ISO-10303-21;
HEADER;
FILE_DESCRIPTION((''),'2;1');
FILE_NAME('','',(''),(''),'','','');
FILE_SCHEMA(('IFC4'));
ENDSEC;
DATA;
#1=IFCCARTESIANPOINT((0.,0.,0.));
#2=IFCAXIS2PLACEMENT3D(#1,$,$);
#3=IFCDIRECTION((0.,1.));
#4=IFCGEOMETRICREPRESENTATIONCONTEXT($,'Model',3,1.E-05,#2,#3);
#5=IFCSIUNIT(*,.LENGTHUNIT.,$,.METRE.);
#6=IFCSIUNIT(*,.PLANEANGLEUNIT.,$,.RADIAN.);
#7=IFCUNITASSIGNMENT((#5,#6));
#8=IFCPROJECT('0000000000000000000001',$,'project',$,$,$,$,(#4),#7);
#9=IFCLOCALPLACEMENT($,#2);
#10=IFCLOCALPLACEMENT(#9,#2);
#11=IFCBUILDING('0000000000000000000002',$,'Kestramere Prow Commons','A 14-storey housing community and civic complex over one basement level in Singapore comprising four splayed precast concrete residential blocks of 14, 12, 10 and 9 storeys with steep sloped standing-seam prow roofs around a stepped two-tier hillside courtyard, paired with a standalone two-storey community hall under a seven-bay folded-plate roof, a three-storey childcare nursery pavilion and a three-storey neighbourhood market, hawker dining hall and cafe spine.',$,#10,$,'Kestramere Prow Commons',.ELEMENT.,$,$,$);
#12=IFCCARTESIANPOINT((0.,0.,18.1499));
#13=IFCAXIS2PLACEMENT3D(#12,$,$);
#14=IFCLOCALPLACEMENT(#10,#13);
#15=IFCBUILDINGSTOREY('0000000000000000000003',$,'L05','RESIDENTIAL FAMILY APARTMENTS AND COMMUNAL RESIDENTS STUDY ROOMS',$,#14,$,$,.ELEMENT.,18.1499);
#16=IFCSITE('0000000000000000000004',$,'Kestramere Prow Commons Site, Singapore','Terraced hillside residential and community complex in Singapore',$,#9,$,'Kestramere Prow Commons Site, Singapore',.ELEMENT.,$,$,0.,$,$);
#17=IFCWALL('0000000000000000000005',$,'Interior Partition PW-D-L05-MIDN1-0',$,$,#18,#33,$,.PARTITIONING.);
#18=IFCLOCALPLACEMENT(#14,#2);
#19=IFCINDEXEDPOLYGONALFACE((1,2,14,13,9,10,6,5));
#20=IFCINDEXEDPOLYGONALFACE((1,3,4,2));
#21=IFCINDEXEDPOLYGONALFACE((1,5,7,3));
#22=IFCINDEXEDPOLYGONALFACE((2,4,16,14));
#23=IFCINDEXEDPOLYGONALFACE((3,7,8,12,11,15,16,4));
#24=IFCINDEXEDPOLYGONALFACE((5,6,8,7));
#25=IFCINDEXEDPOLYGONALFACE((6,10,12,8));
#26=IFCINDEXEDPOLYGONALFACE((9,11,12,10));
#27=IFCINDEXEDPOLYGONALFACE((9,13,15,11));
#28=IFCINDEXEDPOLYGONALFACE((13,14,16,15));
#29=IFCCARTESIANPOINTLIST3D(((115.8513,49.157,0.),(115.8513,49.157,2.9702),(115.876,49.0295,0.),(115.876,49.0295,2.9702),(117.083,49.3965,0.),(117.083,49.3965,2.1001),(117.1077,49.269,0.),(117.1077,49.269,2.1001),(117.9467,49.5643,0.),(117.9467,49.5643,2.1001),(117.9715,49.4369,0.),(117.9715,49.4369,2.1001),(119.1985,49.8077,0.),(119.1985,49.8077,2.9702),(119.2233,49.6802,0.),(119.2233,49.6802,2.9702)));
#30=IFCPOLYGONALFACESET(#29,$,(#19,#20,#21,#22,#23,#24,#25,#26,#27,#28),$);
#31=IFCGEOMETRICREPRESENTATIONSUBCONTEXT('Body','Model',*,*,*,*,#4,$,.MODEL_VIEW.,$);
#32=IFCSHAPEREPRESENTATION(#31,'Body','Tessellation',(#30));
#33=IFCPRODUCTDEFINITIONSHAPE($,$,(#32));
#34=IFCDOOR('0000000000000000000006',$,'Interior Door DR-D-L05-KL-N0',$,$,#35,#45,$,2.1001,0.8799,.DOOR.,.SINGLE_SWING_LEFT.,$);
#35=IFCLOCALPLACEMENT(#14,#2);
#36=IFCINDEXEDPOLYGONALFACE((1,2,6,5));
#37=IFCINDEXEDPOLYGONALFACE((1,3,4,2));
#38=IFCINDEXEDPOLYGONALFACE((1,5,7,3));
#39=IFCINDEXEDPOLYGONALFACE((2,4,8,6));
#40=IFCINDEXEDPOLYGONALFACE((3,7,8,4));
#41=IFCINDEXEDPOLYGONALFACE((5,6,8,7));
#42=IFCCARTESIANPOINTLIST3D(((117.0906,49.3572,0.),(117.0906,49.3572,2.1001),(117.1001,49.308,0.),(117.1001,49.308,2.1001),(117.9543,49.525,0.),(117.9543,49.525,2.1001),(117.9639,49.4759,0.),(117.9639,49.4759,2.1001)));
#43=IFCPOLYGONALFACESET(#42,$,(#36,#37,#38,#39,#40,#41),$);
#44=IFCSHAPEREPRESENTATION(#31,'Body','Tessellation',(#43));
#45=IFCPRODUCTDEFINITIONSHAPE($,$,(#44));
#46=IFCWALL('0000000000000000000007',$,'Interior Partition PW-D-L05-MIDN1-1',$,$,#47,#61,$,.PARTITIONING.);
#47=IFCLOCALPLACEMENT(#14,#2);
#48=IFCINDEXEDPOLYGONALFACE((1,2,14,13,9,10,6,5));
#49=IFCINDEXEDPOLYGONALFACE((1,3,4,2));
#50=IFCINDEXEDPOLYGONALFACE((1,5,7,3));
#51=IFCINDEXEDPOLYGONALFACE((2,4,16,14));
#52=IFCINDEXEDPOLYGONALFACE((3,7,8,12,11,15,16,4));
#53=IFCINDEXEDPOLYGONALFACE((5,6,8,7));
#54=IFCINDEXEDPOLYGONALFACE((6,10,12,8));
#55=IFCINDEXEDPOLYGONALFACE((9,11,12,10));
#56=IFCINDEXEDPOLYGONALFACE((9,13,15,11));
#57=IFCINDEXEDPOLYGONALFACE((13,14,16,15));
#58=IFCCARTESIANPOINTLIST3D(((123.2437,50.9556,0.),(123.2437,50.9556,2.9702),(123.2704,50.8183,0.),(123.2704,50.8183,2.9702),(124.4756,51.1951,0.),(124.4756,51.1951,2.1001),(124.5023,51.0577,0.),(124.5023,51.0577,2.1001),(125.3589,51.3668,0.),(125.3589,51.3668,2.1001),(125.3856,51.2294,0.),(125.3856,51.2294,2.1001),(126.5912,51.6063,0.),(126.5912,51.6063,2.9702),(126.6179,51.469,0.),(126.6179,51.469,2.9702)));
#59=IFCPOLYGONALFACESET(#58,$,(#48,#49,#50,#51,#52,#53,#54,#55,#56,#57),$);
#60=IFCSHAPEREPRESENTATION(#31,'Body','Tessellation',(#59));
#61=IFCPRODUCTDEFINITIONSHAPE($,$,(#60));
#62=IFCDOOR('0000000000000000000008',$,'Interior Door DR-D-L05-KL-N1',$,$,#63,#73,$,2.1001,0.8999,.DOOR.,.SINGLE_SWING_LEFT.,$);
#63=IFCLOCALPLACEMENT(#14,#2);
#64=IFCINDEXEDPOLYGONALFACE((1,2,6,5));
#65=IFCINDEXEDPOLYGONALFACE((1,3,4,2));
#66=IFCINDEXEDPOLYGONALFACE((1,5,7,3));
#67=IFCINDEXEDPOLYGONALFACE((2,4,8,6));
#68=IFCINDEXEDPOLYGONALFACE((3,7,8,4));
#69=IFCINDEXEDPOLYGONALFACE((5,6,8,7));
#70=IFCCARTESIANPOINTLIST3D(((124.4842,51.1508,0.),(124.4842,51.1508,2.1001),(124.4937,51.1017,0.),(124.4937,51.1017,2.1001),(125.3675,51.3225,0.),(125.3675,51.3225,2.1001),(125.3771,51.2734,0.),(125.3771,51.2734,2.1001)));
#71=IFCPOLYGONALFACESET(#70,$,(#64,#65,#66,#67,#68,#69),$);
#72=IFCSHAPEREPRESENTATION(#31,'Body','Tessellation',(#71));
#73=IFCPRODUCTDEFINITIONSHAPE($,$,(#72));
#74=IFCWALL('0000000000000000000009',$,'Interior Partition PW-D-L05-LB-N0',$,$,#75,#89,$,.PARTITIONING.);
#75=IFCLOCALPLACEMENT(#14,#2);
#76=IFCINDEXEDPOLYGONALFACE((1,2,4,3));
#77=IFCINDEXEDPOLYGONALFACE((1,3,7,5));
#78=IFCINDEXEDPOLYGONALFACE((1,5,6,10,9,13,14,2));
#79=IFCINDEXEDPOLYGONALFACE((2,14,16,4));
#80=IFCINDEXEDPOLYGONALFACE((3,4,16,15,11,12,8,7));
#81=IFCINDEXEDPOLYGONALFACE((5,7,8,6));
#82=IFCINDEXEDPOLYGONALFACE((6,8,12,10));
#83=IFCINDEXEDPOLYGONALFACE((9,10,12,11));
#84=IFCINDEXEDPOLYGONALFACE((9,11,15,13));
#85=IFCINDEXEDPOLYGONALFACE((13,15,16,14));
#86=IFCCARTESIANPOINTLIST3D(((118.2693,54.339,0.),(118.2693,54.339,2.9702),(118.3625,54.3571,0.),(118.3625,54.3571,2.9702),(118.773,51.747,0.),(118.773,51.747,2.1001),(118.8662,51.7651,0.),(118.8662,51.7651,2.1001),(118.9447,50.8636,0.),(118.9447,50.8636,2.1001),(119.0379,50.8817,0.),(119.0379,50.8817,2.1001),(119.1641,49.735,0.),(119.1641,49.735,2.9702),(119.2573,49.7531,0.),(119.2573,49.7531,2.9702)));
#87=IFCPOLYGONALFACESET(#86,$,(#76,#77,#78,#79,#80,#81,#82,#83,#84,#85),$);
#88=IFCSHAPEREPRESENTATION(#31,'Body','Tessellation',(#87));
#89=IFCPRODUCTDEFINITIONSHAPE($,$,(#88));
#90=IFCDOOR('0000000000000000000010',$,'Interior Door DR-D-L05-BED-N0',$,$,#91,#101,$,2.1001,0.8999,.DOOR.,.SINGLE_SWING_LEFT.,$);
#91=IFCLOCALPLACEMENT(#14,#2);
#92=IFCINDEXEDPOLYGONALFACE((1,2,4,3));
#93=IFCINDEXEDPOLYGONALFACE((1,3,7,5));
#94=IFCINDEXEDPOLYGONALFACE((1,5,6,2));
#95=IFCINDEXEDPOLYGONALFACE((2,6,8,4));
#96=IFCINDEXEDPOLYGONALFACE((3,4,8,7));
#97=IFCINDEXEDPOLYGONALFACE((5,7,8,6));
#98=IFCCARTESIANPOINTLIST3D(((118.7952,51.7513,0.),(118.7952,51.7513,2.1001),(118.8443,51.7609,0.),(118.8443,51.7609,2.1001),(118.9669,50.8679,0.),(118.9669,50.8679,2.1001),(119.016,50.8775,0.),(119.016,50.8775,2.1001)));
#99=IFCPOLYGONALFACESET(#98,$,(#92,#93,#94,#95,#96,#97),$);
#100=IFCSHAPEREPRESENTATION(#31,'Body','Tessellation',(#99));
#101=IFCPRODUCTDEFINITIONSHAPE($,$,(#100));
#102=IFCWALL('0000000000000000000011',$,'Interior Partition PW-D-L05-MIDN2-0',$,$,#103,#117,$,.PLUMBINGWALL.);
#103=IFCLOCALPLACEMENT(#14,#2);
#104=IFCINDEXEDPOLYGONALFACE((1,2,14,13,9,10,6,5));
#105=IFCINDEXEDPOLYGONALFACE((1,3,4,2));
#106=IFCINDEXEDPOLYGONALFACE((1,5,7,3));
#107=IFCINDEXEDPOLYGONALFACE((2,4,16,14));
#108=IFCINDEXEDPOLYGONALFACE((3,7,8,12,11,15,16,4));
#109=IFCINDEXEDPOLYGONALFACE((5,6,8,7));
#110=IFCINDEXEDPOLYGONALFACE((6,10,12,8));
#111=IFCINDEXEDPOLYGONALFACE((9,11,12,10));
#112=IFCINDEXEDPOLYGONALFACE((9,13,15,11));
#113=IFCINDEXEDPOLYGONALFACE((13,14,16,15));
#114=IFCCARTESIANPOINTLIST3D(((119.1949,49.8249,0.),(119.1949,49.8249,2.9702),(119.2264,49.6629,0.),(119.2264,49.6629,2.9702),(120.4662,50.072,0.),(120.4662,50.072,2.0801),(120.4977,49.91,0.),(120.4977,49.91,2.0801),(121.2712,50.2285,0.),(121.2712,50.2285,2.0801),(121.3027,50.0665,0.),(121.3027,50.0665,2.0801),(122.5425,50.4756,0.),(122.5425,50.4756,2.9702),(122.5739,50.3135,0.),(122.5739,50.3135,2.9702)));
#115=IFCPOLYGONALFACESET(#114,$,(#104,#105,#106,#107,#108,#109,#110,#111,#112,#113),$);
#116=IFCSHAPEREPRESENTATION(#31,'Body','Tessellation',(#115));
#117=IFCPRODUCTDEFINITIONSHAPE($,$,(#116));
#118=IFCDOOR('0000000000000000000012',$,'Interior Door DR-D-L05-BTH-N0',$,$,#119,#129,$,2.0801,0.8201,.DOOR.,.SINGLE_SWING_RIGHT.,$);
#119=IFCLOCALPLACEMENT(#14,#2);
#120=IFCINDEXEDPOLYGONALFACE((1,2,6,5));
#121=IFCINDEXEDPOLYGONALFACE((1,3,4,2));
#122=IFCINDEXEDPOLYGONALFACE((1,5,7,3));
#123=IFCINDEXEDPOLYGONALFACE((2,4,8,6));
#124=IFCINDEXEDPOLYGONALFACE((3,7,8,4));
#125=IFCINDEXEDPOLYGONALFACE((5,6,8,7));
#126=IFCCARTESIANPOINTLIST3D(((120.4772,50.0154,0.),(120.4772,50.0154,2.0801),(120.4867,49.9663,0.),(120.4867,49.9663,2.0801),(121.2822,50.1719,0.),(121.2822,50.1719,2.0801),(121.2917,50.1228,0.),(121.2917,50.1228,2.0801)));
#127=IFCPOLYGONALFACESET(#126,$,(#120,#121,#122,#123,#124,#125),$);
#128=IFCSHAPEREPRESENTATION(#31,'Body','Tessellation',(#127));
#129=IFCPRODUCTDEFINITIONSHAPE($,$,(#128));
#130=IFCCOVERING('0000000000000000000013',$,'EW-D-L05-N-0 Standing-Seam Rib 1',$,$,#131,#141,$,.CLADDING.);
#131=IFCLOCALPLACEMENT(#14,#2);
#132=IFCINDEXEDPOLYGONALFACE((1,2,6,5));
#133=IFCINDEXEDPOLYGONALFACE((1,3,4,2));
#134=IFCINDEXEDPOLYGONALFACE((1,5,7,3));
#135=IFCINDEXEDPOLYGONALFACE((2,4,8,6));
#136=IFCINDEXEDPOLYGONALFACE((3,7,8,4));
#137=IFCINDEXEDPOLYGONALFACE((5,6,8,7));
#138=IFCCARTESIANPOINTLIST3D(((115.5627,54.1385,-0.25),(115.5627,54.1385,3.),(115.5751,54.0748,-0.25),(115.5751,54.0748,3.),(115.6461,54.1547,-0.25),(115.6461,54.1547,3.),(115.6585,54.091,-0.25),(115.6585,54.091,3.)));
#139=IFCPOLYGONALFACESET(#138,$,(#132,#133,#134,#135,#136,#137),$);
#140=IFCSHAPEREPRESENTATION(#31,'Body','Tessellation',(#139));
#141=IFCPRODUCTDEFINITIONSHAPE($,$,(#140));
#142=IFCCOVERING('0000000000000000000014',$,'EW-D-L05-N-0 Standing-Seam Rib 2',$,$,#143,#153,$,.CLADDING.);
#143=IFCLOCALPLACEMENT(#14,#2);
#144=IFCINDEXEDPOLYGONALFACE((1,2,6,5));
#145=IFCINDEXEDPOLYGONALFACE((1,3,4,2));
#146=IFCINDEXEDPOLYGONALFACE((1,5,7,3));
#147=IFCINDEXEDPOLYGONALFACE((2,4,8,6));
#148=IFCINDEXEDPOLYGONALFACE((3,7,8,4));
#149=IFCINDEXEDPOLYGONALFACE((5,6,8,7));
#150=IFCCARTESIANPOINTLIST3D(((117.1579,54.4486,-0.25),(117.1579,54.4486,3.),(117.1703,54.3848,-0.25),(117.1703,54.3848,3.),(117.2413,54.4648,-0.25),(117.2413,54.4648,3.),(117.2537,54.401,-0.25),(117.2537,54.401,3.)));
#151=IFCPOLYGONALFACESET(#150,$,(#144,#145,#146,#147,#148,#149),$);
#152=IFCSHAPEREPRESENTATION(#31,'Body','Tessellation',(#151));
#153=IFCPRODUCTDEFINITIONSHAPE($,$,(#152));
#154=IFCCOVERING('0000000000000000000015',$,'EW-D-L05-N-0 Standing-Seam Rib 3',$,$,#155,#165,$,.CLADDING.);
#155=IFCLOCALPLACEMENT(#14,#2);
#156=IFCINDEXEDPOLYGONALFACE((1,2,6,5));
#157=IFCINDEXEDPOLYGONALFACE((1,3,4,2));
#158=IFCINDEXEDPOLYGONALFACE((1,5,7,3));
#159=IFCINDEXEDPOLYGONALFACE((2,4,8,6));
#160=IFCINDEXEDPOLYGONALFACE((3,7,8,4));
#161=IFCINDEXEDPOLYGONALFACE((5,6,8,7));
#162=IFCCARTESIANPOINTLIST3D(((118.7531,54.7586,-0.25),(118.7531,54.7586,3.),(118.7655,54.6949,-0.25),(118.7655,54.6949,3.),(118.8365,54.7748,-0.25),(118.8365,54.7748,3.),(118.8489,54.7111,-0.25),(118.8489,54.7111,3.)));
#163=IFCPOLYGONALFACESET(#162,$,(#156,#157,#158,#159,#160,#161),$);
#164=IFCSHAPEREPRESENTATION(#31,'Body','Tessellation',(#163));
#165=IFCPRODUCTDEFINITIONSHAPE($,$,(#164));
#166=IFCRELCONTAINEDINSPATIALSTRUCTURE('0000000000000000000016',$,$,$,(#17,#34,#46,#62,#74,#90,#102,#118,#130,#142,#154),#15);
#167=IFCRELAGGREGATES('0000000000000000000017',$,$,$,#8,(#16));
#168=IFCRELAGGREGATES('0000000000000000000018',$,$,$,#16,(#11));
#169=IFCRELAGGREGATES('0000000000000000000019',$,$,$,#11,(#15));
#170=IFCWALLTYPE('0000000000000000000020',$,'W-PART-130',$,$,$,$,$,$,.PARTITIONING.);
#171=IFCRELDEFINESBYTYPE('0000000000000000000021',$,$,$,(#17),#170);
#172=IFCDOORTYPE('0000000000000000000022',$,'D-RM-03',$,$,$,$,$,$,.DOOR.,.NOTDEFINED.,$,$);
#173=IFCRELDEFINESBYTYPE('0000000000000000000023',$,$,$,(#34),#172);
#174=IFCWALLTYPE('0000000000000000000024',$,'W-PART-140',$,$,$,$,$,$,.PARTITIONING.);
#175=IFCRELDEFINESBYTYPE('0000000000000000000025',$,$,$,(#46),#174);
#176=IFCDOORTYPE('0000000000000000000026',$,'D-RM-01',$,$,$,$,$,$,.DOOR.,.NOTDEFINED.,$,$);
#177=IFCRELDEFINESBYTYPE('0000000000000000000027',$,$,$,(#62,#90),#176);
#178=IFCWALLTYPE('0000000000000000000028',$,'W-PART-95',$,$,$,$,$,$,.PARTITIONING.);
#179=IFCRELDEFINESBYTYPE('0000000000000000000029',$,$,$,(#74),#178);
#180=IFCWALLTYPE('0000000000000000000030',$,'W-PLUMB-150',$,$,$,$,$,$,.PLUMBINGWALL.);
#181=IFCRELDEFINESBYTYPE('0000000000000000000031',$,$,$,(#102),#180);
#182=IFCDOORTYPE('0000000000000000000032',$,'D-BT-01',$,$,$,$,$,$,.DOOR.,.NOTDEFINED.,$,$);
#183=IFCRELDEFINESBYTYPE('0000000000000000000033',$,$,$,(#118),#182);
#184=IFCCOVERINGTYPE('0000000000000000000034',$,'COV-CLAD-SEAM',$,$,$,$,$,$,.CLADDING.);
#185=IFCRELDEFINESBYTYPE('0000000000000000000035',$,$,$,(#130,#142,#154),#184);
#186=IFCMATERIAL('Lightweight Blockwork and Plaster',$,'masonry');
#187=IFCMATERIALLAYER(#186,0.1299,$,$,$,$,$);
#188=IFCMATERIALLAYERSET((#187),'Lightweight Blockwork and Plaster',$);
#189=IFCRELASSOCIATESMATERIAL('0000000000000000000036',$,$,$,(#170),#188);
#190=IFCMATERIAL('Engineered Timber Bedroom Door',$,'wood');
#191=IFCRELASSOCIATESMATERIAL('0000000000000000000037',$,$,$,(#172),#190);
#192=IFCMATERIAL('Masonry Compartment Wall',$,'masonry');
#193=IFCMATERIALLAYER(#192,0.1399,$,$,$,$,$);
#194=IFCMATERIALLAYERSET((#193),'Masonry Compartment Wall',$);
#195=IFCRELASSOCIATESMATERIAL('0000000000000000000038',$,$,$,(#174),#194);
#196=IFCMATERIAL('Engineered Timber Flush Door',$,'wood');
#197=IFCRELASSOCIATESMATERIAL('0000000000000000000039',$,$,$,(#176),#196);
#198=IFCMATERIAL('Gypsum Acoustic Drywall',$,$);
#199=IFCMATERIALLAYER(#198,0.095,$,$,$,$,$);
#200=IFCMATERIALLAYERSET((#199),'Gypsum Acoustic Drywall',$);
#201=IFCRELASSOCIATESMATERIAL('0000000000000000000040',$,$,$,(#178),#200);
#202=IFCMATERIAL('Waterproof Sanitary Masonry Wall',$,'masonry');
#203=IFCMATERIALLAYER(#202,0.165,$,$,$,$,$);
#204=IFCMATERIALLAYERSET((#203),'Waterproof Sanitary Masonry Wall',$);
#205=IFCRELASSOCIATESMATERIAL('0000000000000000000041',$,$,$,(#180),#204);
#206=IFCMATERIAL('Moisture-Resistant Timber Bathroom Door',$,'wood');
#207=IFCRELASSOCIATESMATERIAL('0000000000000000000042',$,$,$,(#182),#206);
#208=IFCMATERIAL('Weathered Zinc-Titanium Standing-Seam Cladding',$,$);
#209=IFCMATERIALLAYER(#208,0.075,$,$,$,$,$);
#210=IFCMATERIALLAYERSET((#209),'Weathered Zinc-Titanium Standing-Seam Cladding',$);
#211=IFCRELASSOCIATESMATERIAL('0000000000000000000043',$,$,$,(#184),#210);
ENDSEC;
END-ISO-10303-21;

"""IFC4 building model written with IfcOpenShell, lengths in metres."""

from ifc_helpers import new_model, si_unit, direction, frame, frame_2d, origin, origin_2d, place, context, subcontext, project, spatial, rectangle, extrude, material, layer, layer_set, type_object, element, fill, save


model = new_model("IFC4")

# Units and contexts
model_context = context("Model", 3, precision=1e-05, world=origin(), true_north=direction((0.0, 1.0)))
body_context = subcontext(model_context, "Body", "Model", "MODEL_VIEW")
ifc_project = project(units=[si_unit("LENGTHUNIT", "METRE"), si_unit("PLANEANGLEUNIT", "RADIAN")], contexts=[model_context])

# Site, building, storey
site_placement = place(None, origin())
site = spatial("IfcSite", under=ifc_project, at=site_placement, Name="Kestramere Prow Commons Site, Singapore", Description="Terraced hillside residential and community complex in Singapore", LongName="Kestramere Prow Commons Site, Singapore", CompositionType="ELEMENT", RefElevation=0.0)
building_placement = place(site_placement, origin())
building = spatial("IfcBuilding", under=site, at=building_placement, Name="Kestramere Prow Commons", Description="A 14-storey housing community and civic complex over one basement level in Singapore comprising four splayed precast concrete residential blocks of 14, 12, 10 and 9 storeys with steep sloped standing-seam prow roofs around a stepped two-tier hillside courtyard, paired with a standalone two-storey community hall under a seven-bay folded-plate roof, a three-storey childcare nursery pavilion and a three-storey neighbourhood market, hawker dining hall and cafe spine.", LongName="Kestramere Prow Commons", CompositionType="ELEMENT")
storey_placement = place(building_placement, frame((0.0, 0.0, 18.1499)))
storey = spatial("IfcBuildingStorey", under=building, at=storey_placement, Name="L05", Description="RESIDENTIAL FAMILY APARTMENTS AND COMMUNAL RESIDENTS STUDY ROOMS", CompositionType="ELEMENT", Elevation=18.1499)

# Walls, openings, doors
ifc_material_1 = material(Name="Lightweight Blockwork and Plaster", Category="masonry")
ifc_layer_1 = layer(ifc_material_1, 0.1299)
ifc_layer_set_1 = layer_set([ifc_layer_1], Name="Lightweight Blockwork and Plaster")
wall_type_1 = type_object("IfcWallType", Name="W-PART-130", PredefinedType="PARTITIONING", material=ifc_layer_set_1)
wall_1_placement = place(storey_placement, frame((115.8635, 49.0933, 0.0), z_axis=(0.0, 0.0, 1.0), x_axis=(0.981627, 0.190812, 0.0)))
wall_1 = element("IfcWall", 1, at=wall_1_placement, inside=storey, type_object=wall_type_1, Name="Interior Partition PW-D-L05-MIDN1-0", PredefinedType="PARTITIONING", context=body_context, shape_type="SweptSolid", body=[
    extrude(rectangle(XDim=3.4099, YDim=0.1299, at=frame_2d((1.7051, 0.0))), origin(), (0.0, 0.0, 1.0), 2.9702),
])
opening_1_placement = place(wall_1_placement, frame((1.2549, 0.0, 0.0)))
opening_1 = element("IfcOpeningElement", 2, at=opening_1_placement, cuts=wall_1, PredefinedType="OPENING", context=body_context, shape_type="SweptSolid", body=[
    extrude(rectangle(XDim=0.8799, YDim=2.1001, at=frame_2d((0.4399, 1.05))), frame((0.0, 0.0798, 0.0), z_axis=(0.0, -1.0, 0.0), x_axis=(1.0, 0.0, 0.0)), (0.0, 0.0, 1.0), 0.1599),
])
ifc_material_2 = material(Name="Engineered Timber Bedroom Door", Category="wood")
door_type_1 = type_object("IfcDoorType", Name="D-RM-03", OperationType="NOTDEFINED", PredefinedType="DOOR", material=ifc_material_2)
door_1_placement = place(opening_1_placement, origin())
door_1 = element("IfcDoor", 3, at=door_1_placement, inside=storey, type_object=door_type_1, Name="Interior Door DR-D-L05-KL-N0", OperationType="SINGLE_SWING_LEFT", OverallHeight=2.1001, OverallWidth=0.8799, PredefinedType="DOOR", context=body_context, shape_type="SweptSolid", body=[
    extrude(rectangle(XDim=0.8799, YDim=2.1001, at=frame_2d((0.4399, 1.05))), frame((0.0, 0.0249, 0.0), z_axis=(0.0, -1.0, 0.0), x_axis=(1.0, 0.0, 0.0)), (0.0, 0.0, 1.0), 0.05),
])
fill(opening_1, door_1)
ifc_material_3 = material(Name="Masonry Compartment Wall", Category="masonry")
ifc_layer_2 = layer(ifc_material_3, 0.1399)
ifc_layer_set_2 = layer_set([ifc_layer_2], Name="Masonry Compartment Wall")
wall_type_2 = type_object("IfcWallType", Name="W-PART-140", PredefinedType="PARTITIONING", material=ifc_layer_set_2)
wall_2_placement = place(storey_placement, frame((123.2571, 50.887, 0.0), z_axis=(0.0, 0.0, 1.0), x_axis=(0.981629, 0.190799, 0.0)))
wall_2 = element("IfcWall", 4, at=wall_2_placement, inside=storey, type_object=wall_type_2, Name="Interior Partition PW-D-L05-MIDN1-1", PredefinedType="PARTITIONING", context=body_context, shape_type="SweptSolid", body=[
    extrude(rectangle(XDim=3.4102, YDim=0.1399, at=frame_2d((1.7051, 0.0))), origin(), (0.0, 0.0, 1.0), 2.9702),
])
opening_2_placement = place(wall_2_placement, frame((1.2549, 0.0, 0.0)))
opening_2 = element("IfcOpeningElement", 5, at=opening_2_placement, cuts=wall_2, PredefinedType="OPENING", context=body_context, shape_type="SweptSolid", body=[
    extrude(rectangle(XDim=0.8999, YDim=2.1001, at=frame_2d((0.45, 1.05))), frame((0.0, 0.085, 0.0), z_axis=(0.0, -1.0, 0.0), x_axis=(1.0, 0.0, 0.0)), (0.0, 0.0, 1.0), 0.1699),
])
ifc_material_4 = material(Name="Engineered Timber Flush Door", Category="wood")
door_type_2 = type_object("IfcDoorType", Name="D-RM-01", OperationType="NOTDEFINED", PredefinedType="DOOR", material=ifc_material_4)
door_2_placement = place(opening_2_placement, origin())
door_2 = element("IfcDoor", 6, at=door_2_placement, inside=storey, type_object=door_type_2, Name="Interior Door DR-D-L05-KL-N1", OperationType="SINGLE_SWING_LEFT", OverallHeight=2.1001, OverallWidth=0.8999, PredefinedType="DOOR", context=body_context, shape_type="SweptSolid", body=[
    extrude(rectangle(XDim=0.8999, YDim=2.1001, at=frame_2d((0.45, 1.05))), frame((0.0, 0.0249, 0.0), z_axis=(0.0, -1.0, 0.0), x_axis=(1.0, 0.0, 0.0)), (0.0, 0.0, 1.0), 0.05),
])
fill(opening_2, door_2)
ifc_material_5 = material(Name="Gypsum Acoustic Drywall")
ifc_layer_3 = layer(ifc_material_5, 0.095)
ifc_layer_set_3 = layer_set([ifc_layer_3], Name="Gypsum Acoustic Drywall")
wall_type_3 = type_object("IfcWallType", Name="W-PART-95", PredefinedType="PARTITIONING", material=ifc_layer_set_3)
wall_3_placement = place(storey_placement, frame((119.2107, 49.7439, 0.0), z_axis=(0.0, 0.0, 1.0), x_axis=(-0.190778, 0.981633, 0.0)))
wall_3 = element("IfcWall", 7, at=wall_3_placement, inside=storey, type_object=wall_type_3, Name="Interior Partition PW-D-L05-LB-N0", PredefinedType="PARTITIONING", context=body_context, shape_type="SweptSolid", body=[
    extrude(rectangle(XDim=4.6902, YDim=0.095, at=frame_2d((2.3452, 0.0))), origin(), (0.0, 0.0, 1.0), 2.9702),
])
opening_3_placement = place(wall_3_placement, frame((1.1499, 0.0, 0.0)))
opening_3 = element("IfcOpeningElement", 8, at=opening_3_placement, cuts=wall_3, PredefinedType="OPENING", context=body_context, shape_type="SweptSolid", body=[
    extrude(rectangle(XDim=0.8999, YDim=2.1001, at=frame_2d((0.45, 1.05))), frame((0.0, 0.0625, 0.0), z_axis=(0.0, -1.0, 0.0), x_axis=(1.0, 0.0, 0.0)), (0.0, 0.0, 1.0), 0.125),
])
door_3_placement = place(opening_3_placement, origin())
door_3 = element("IfcDoor", 9, at=door_3_placement, inside=storey, type_object=door_type_2, Name="Interior Door DR-D-L05-BED-N0", OperationType="SINGLE_SWING_LEFT", OverallHeight=2.1001, OverallWidth=0.8999, PredefinedType="DOOR", context=body_context, shape_type="SweptSolid", body=[
    extrude(rectangle(XDim=0.8999, YDim=2.1001, at=frame_2d((0.45, 1.05))), frame((0.0, 0.0249, 0.0), z_axis=(0.0, -1.0, 0.0), x_axis=(1.0, 0.0, 0.0)), (0.0, 0.0, 1.0), 0.05),
])
fill(opening_3, door_3)
ifc_material_6 = material(Name="Waterproof Sanitary Masonry Wall", Category="masonry")
ifc_layer_4 = layer(ifc_material_6, 0.165)
ifc_layer_set_4 = layer_set([ifc_layer_4], Name="Waterproof Sanitary Masonry Wall")
wall_type_4 = type_object("IfcWallType", Name="W-PLUMB-150", PredefinedType="PLUMBINGWALL", material=ifc_layer_set_4)
wall_4_placement = place(storey_placement, frame((119.2107, 49.7439, 0.0), z_axis=(0.0, 0.0, 1.0), x_axis=(0.981629, 0.190799, 0.0)))
wall_4 = element("IfcWall", 10, at=wall_4_placement, inside=storey, type_object=wall_type_4, Name="Interior Partition PW-D-L05-MIDN2-0", PredefinedType="PLUMBINGWALL", context=body_context, shape_type="SweptSolid", body=[
    extrude(rectangle(XDim=3.4102, YDim=0.165, at=frame_2d((1.7051, 0.0))), origin(), (0.0, 0.0, 1.0), 2.9702),
])
opening_4_placement = place(wall_4_placement, frame((1.2949, 0.0, 0.0)))
opening_4 = element("IfcOpeningElement", 11, at=opening_4_placement, cuts=wall_4, PredefinedType="OPENING", context=body_context, shape_type="SweptSolid", body=[
    extrude(rectangle(XDim=0.8201, YDim=2.0801, at=frame_2d((0.4102, 1.04))), frame((0.0, 0.0974, 0.0), z_axis=(0.0, -1.0, 0.0), x_axis=(1.0, 0.0, 0.0)), (0.0, 0.0, 1.0), 0.1951),
])
ifc_material_7 = material(Name="Moisture-Resistant Timber Bathroom Door", Category="wood")
door_type_3 = type_object("IfcDoorType", Name="D-BT-01", OperationType="NOTDEFINED", PredefinedType="DOOR", material=ifc_material_7)
door_4_placement = place(opening_4_placement, origin())
door_4 = element("IfcDoor", 12, at=door_4_placement, inside=storey, type_object=door_type_3, Name="Interior Door DR-D-L05-BTH-N0", OperationType="SINGLE_SWING_RIGHT", OverallHeight=2.0801, OverallWidth=0.8201, PredefinedType="DOOR", context=body_context, shape_type="SweptSolid", body=[
    extrude(rectangle(XDim=0.8201, YDim=2.0801, at=frame_2d((0.4102, 1.04))), frame((0.0, 0.0249, 0.0), z_axis=(0.0, -1.0, 0.0), x_axis=(1.0, 0.0, 0.0)), (0.0, 0.0, 1.0), 0.05),
])
fill(opening_4, door_4)

# Coverings
ifc_material_8 = material(Name="Weathered Zinc-Titanium Standing-Seam Cladding")
ifc_layer_5 = layer(ifc_material_8, 0.075)
ifc_layer_set_5 = layer_set([ifc_layer_5], Name="Weathered Zinc-Titanium Standing-Seam Cladding")
covering_type = type_object("IfcCoveringType", Name="COV-CLAD-SEAM", PredefinedType="CLADDING", material=ifc_layer_set_5)
for number, where, z_axis, x_axis, name in (
    (13, (115.6106, 54.1147, -0.25), (0.0, 0.0, 1.0), (0.981627, 0.190809, 0.0), "EW-D-L05-N-0 Standing-Seam Rib 1"),
    (14, (117.2058, 54.4248, -0.25), (0.0, 0.0, 1.0), (0.981627, 0.190809, 0.0), "EW-D-L05-N-0 Standing-Seam Rib 2"),
    (15, (118.801, 54.7349, -0.25), (0.0, 0.0, 1.0), (0.981627, 0.190809, 0.0), "EW-D-L05-N-0 Standing-Seam Rib 3"),
):
    element("IfcCovering", number, at=place(storey_placement, frame(where, z_axis=z_axis, x_axis=x_axis)), inside=storey, type_object=covering_type, Name=name, PredefinedType="CLADDING", context=body_context, shape_type="SweptSolid", body=[
        extrude(rectangle(XDim=0.085, YDim=0.0649, at=origin_2d()), origin(), (0.0, 0.0, 1.0), 3.25),
    ])

save(model, "model.ifc")
